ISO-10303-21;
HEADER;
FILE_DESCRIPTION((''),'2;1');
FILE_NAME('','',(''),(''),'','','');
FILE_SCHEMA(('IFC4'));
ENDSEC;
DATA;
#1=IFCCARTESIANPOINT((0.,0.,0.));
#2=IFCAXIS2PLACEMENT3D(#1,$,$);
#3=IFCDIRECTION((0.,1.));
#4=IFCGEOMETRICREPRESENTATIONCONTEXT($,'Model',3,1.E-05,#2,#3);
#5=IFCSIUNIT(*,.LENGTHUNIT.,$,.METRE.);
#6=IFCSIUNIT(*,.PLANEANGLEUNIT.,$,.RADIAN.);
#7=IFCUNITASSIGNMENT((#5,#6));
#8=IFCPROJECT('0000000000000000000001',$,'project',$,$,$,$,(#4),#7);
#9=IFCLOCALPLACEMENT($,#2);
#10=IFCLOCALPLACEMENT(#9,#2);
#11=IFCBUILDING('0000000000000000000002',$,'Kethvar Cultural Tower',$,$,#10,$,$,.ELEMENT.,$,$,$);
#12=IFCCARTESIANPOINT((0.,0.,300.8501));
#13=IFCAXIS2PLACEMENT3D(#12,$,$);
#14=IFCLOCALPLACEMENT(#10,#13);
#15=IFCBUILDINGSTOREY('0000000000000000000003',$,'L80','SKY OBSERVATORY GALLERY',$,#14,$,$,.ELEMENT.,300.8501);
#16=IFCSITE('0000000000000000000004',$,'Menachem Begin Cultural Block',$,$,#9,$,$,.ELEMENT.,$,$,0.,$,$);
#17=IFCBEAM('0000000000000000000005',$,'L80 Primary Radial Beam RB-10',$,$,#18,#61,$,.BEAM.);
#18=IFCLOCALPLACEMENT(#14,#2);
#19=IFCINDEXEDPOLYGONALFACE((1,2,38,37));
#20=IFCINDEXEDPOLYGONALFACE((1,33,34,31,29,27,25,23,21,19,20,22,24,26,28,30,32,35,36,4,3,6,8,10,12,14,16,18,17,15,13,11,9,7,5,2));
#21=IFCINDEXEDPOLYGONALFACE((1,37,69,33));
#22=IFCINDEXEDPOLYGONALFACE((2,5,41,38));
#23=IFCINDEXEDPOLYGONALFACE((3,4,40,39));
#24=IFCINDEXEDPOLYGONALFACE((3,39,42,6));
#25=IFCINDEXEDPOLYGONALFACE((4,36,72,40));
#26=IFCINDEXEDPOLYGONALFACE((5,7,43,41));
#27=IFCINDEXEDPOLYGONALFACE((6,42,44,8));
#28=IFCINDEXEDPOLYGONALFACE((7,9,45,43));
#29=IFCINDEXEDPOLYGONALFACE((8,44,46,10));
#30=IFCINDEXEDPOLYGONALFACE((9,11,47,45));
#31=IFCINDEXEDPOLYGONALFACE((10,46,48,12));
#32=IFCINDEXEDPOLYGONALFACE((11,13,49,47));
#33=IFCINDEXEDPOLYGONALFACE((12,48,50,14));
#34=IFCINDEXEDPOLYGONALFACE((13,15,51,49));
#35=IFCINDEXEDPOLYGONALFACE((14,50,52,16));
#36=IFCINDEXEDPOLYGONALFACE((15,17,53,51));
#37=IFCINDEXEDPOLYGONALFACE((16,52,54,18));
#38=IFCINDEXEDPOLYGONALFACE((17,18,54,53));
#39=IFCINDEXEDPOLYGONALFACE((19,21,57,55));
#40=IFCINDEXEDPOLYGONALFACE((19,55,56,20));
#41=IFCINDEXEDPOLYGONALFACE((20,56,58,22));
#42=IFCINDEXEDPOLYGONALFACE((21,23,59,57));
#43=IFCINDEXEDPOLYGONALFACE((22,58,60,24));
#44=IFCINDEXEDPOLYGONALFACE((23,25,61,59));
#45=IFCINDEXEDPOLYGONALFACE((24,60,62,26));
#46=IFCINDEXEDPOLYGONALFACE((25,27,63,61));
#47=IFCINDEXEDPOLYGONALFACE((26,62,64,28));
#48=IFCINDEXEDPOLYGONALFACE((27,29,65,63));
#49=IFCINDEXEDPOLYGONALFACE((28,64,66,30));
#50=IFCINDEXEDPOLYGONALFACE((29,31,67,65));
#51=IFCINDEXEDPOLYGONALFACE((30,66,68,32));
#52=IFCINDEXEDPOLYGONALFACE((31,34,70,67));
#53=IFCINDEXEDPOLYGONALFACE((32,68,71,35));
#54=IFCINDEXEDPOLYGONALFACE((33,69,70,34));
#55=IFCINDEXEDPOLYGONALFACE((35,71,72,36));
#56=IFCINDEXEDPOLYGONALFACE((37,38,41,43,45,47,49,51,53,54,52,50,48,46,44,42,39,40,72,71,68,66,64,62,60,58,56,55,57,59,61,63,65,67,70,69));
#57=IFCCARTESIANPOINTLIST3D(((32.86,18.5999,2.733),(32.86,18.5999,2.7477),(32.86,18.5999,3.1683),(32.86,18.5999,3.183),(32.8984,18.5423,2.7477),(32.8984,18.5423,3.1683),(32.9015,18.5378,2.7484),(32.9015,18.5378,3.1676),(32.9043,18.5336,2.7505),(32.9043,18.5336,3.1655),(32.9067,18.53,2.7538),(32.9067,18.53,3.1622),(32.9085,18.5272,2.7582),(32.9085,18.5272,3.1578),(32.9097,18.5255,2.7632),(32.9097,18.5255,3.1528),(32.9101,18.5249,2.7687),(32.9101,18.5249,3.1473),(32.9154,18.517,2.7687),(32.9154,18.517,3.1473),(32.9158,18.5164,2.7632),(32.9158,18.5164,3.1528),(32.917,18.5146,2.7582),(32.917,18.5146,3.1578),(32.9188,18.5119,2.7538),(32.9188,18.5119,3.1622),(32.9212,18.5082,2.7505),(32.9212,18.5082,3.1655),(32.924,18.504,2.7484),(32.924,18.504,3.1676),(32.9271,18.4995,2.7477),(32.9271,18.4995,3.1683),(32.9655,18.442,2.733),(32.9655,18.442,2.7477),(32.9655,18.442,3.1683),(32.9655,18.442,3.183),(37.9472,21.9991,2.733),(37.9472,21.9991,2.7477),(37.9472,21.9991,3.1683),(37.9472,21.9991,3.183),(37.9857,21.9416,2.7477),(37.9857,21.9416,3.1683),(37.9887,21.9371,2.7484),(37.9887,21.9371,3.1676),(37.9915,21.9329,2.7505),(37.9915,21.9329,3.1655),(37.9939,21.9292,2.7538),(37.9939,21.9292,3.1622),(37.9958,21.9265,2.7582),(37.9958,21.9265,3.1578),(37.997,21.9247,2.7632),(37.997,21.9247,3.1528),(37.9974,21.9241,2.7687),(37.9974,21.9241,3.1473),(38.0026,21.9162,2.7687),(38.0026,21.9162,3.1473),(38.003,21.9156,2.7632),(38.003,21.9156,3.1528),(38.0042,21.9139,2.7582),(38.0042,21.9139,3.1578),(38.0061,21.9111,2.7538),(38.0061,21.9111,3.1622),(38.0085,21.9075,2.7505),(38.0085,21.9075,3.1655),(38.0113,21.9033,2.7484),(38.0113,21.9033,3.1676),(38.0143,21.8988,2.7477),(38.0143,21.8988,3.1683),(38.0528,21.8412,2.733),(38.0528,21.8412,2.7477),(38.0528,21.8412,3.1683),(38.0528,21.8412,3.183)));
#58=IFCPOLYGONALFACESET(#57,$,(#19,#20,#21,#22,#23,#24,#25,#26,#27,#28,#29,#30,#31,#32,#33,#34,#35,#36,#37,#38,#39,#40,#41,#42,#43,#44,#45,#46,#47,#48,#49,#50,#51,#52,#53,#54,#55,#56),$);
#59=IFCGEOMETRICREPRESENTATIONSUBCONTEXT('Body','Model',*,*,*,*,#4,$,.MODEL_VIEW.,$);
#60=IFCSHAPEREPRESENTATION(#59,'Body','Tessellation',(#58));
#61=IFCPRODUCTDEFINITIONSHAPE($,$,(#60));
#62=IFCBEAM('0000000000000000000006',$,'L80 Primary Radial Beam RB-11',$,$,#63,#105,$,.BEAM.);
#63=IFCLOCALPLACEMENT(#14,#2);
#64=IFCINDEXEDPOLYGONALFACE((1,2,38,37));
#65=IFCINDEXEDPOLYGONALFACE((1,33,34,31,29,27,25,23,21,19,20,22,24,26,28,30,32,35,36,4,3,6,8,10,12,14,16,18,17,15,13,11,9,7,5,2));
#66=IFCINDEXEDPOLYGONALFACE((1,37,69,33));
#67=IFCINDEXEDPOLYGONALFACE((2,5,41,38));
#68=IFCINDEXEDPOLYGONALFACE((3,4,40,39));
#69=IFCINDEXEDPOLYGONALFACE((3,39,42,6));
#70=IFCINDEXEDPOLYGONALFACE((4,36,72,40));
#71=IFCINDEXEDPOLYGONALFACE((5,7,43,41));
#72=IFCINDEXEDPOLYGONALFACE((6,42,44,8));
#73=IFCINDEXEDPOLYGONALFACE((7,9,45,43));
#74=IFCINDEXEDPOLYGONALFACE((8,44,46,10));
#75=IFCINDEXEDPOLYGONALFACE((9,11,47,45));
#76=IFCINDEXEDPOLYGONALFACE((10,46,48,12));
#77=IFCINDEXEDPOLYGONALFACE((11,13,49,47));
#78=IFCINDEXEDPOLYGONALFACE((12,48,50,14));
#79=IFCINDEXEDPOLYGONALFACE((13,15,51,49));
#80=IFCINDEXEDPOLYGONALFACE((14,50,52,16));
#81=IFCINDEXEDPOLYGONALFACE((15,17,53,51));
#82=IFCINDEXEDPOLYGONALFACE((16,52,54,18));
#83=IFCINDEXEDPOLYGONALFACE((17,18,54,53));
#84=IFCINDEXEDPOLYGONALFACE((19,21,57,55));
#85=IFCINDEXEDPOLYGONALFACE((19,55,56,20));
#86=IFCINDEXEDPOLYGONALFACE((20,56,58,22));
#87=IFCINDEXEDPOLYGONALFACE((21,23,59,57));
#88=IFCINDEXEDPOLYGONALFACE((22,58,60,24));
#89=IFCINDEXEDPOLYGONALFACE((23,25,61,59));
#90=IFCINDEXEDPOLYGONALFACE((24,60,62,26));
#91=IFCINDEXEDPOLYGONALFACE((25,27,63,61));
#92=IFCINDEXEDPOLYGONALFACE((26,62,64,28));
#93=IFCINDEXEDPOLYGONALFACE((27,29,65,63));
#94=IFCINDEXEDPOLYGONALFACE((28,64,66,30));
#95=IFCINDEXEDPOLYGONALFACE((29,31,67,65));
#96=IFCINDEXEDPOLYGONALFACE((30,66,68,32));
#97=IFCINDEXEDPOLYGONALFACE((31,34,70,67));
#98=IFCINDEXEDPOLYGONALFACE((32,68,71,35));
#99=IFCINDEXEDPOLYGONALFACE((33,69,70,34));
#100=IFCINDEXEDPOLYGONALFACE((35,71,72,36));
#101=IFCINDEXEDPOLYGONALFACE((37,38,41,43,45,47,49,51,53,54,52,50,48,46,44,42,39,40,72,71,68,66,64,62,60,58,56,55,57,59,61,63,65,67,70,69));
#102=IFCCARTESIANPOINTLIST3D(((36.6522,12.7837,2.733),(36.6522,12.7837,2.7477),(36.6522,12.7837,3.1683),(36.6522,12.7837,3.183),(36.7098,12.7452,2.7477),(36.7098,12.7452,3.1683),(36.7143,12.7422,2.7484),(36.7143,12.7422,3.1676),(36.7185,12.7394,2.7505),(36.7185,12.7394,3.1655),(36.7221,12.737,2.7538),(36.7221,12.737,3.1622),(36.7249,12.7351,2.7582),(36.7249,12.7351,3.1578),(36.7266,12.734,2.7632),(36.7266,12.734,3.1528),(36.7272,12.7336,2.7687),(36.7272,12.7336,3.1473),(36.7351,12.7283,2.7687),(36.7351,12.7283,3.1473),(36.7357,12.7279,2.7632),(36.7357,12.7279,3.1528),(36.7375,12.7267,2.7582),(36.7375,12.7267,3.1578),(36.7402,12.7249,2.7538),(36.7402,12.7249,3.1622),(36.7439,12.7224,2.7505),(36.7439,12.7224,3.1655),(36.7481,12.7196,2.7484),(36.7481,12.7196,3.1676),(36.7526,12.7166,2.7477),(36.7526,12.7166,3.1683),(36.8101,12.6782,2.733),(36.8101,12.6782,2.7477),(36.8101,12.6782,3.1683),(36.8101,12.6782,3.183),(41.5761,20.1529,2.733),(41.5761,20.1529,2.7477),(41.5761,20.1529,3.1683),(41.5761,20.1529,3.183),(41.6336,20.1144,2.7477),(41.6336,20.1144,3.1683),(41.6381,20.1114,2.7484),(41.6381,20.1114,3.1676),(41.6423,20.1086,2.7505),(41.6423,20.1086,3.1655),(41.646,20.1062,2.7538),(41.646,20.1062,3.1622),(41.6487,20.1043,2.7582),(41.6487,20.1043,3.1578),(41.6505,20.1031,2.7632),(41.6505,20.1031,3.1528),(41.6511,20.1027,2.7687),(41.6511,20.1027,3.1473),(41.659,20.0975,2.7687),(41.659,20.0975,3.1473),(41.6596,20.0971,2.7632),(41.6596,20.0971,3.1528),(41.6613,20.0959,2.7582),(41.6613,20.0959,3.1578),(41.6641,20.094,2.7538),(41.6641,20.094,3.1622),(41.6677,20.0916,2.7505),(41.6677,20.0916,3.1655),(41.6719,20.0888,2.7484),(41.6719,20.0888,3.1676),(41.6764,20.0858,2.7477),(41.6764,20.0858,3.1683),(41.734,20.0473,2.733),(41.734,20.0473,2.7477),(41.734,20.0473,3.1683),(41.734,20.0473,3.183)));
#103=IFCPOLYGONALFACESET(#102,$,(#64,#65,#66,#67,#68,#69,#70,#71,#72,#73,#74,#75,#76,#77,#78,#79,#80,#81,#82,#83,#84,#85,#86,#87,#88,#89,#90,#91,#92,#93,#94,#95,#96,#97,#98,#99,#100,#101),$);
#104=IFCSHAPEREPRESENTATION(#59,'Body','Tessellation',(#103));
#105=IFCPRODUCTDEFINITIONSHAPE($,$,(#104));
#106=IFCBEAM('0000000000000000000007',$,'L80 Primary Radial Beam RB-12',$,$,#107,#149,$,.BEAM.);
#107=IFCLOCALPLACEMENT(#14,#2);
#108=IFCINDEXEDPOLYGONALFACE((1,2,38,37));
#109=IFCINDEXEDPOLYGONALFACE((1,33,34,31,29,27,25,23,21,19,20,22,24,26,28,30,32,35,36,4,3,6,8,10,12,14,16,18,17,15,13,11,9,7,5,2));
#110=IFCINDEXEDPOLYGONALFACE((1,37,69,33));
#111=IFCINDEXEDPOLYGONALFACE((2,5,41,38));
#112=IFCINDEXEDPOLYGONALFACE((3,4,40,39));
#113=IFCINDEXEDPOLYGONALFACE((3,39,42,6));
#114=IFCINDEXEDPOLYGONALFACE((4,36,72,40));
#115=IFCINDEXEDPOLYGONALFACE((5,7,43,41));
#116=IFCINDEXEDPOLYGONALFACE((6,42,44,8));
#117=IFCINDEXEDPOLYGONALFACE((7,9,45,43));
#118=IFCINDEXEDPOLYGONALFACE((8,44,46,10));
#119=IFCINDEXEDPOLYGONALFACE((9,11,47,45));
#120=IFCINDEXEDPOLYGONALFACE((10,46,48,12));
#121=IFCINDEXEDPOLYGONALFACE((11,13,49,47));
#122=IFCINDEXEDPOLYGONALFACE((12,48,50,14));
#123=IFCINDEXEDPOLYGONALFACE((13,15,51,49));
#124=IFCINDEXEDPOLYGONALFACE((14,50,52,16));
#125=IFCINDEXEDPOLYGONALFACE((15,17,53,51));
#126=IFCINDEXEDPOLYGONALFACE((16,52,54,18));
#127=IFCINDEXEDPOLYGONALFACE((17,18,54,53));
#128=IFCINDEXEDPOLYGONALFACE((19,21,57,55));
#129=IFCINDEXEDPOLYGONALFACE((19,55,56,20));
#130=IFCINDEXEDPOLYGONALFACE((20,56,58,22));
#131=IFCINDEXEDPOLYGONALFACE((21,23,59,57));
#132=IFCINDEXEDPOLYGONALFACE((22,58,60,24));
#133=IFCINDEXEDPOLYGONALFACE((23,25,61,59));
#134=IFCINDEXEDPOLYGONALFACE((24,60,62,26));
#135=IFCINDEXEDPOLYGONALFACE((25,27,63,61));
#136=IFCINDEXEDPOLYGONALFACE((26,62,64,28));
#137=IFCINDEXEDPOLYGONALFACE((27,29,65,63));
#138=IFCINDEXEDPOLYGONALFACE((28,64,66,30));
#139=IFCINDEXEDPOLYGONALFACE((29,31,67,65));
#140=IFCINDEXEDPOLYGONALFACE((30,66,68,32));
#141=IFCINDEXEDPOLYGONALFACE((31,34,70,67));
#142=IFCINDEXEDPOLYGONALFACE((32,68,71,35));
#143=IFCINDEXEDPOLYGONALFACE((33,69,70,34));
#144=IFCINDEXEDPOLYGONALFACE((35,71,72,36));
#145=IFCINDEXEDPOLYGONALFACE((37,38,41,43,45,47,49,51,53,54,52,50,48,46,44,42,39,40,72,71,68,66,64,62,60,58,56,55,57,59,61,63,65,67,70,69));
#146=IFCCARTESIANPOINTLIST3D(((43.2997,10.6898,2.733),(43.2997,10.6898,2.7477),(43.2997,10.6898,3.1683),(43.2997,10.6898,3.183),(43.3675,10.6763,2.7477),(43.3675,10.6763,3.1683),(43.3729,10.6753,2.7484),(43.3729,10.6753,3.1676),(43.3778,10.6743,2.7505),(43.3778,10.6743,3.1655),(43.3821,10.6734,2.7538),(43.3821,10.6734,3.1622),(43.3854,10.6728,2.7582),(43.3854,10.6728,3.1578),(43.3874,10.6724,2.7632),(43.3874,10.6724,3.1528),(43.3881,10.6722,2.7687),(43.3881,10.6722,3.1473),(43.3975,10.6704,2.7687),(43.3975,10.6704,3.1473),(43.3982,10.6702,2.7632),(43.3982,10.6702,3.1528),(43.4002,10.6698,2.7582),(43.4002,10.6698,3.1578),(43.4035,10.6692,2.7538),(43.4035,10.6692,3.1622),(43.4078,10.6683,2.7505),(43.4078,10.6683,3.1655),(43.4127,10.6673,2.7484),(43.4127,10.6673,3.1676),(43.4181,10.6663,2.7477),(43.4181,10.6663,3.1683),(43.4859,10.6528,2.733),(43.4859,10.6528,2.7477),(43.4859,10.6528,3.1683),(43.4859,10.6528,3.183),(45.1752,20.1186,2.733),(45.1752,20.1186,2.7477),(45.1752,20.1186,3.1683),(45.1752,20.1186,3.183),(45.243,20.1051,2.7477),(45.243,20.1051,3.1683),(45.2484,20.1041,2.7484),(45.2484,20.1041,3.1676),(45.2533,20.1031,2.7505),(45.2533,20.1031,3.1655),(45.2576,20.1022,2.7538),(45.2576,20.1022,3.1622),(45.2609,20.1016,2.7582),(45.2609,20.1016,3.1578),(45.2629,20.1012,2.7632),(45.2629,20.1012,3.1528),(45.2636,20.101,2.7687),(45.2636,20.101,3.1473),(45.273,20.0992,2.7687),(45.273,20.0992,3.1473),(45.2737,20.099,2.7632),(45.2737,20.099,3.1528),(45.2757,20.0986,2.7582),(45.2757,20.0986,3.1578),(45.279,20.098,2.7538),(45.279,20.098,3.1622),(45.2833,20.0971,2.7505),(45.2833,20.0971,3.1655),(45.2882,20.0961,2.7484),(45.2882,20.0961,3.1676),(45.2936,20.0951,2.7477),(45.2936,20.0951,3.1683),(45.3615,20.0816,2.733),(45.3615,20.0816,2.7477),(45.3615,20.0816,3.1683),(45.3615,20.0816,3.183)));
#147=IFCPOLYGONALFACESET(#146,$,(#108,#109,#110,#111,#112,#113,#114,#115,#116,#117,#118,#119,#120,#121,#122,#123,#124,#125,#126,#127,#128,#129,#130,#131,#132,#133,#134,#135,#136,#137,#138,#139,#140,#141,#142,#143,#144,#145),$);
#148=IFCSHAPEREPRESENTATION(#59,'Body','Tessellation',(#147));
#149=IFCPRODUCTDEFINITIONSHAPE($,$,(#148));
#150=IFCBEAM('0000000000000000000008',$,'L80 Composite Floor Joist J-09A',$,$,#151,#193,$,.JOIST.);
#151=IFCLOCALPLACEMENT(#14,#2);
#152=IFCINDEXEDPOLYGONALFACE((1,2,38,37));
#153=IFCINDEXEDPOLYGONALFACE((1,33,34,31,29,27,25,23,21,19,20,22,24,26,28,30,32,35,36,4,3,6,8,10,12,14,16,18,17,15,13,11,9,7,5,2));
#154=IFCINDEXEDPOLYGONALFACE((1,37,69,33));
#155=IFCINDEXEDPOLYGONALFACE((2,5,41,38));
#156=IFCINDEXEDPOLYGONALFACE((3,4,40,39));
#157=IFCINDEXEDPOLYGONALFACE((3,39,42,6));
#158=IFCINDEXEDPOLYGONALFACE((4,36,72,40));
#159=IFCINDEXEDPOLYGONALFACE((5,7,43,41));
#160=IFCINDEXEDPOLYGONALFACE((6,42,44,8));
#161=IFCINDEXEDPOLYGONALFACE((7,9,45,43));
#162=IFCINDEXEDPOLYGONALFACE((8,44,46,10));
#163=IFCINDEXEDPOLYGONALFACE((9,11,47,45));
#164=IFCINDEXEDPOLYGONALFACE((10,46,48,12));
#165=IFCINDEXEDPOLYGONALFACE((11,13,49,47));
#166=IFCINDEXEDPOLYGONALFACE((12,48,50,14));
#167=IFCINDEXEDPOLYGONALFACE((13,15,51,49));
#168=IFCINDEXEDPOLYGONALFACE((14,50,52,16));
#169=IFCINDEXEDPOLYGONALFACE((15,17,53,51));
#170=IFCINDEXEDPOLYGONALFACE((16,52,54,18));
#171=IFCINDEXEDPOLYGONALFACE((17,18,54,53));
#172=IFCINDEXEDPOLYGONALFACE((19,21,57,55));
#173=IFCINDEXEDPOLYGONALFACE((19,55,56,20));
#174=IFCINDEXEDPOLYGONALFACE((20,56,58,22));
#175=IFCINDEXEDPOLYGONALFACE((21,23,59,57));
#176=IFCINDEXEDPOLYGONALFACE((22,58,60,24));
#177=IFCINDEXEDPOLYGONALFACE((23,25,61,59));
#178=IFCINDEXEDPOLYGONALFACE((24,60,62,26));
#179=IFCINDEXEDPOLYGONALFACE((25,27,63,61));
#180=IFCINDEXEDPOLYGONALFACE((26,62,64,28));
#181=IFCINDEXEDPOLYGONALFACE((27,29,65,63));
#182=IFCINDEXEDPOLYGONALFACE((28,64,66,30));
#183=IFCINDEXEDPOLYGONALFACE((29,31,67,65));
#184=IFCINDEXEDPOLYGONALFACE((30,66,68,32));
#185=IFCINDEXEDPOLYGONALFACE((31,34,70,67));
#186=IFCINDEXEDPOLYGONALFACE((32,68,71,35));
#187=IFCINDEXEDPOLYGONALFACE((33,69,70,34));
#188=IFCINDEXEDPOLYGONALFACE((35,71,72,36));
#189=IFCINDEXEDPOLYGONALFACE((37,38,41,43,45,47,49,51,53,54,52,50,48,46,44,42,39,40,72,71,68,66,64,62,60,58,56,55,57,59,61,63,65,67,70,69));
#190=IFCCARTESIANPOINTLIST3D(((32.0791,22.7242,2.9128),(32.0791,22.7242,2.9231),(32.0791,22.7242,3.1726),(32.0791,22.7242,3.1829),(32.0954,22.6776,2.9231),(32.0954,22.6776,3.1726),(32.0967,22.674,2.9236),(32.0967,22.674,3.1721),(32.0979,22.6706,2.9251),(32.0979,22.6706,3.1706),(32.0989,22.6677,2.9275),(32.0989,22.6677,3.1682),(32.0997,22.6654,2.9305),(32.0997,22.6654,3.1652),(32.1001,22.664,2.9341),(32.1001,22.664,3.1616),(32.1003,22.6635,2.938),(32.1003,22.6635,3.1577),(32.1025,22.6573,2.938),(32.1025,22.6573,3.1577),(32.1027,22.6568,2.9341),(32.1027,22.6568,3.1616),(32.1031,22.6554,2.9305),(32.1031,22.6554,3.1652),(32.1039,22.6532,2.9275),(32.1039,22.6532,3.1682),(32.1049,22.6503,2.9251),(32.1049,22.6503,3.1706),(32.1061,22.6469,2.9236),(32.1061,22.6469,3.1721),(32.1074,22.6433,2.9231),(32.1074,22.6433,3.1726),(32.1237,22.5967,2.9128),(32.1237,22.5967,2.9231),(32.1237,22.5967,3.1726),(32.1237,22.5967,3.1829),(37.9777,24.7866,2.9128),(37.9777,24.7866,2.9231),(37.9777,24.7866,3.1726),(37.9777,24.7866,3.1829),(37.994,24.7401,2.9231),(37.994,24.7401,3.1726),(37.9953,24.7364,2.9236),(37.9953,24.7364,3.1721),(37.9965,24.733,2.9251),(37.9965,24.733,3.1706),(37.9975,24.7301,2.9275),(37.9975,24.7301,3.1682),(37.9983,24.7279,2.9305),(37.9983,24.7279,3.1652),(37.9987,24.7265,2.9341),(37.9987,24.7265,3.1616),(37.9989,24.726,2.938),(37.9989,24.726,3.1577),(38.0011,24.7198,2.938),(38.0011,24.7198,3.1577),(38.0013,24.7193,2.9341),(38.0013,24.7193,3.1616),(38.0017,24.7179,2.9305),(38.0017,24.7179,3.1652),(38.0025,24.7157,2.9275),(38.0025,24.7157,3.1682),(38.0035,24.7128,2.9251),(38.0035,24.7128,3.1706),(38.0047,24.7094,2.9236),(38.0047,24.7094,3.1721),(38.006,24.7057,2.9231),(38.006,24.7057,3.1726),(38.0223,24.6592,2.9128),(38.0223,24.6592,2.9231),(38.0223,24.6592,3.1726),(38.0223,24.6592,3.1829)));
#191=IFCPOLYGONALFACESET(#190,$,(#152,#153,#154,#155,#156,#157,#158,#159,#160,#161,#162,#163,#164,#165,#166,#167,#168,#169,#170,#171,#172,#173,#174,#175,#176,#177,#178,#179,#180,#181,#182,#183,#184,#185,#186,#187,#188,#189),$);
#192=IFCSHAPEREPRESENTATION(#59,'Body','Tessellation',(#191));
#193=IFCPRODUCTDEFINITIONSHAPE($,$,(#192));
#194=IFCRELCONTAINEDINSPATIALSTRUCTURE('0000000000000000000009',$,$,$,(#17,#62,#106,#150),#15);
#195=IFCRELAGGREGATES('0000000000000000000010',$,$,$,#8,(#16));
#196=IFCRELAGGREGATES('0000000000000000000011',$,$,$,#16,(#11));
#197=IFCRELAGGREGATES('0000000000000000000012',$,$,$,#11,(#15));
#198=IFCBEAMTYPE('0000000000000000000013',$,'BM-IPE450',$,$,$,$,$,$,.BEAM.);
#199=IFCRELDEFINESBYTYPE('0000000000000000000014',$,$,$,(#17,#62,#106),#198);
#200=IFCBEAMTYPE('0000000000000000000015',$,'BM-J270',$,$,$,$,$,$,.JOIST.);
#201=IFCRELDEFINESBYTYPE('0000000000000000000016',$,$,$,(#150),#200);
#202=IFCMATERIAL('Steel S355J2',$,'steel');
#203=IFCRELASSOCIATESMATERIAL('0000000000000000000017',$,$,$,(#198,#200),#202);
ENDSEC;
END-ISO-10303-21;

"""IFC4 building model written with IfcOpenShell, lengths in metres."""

from ifc_helpers import new_model, si_unit, direction, frame, origin, origin_2d, place, context, subcontext, project, spatial, i_section, extrude, source, transform, mapped, material, material_profile, profile_set, type_object, element, save


model = new_model("IFC4")

# Units and contexts
model_context = context("Model", 3, precision=1e-05, world=origin(), true_north=direction((0.0, 1.0)))
body_context = subcontext(model_context, "Body", "Model", "MODEL_VIEW")
ifc_project = project(units=[si_unit("LENGTHUNIT", "METRE"), si_unit("PLANEANGLEUNIT", "RADIAN")], contexts=[model_context])

# Site, building, storey
site_placement = place(None, origin())
site = spatial("IfcSite", under=ifc_project, at=site_placement, Name="Menachem Begin Cultural Block", CompositionType="ELEMENT", RefElevation=0.0)
building_placement = place(site_placement, origin())
building = spatial("IfcBuilding", under=site, at=building_placement, Name="Kethvar Cultural Tower", CompositionType="ELEMENT")
storey_placement = place(building_placement, frame((0.0, 0.0, 300.8501)))
storey = spatial("IfcBuildingStorey", under=building, at=storey_placement, Name="L80", Description="SKY OBSERVATORY GALLERY", CompositionType="ELEMENT", Elevation=300.8501)

# Beams
ifc_material_1 = material(Name="Steel S355J2", Category="steel")
ifc_material_profile_1 = material_profile(ifc_material_1, i_section(OverallWidth=0.1899, OverallDepth=0.45, WebThickness=0.0095, FlangeThickness=0.0146, FilletRadius=0.021, at=origin_2d()), Name="Steel S355J2 — IPE450")
ifc_profile_set_1 = profile_set([ifc_material_profile_1], Name="Steel S355J2 — IPE450")
beam_type_1 = type_object("IfcBeamType", Name="BM-IPE450", PredefinedType="BEAM", material=ifc_profile_set_1)
shared_shape_1 = source(origin(), body_context, "Body", "SweptSolid", [
    extrude(i_section(OverallWidth=0.1899, OverallDepth=0.45, WebThickness=0.0095, FlangeThickness=0.0146, FilletRadius=0.021, at=origin_2d()), origin(), (0.0, 0.0, 1.0), 6.1184),
])
beam_1_placement = place(storey_placement, frame((38.0, 21.9202, 2.958), z_axis=(-0.831467, -0.555575, 0.0), x_axis=(0.555575, -0.831467, 0.0)))
element("IfcBeam", 1, at=beam_1_placement, inside=storey, type_object=beam_type_1, Name="L80 Primary Radial Beam RB-10", PredefinedType="BEAM", context=body_context, shape_type="MappedRepresentation", body=[
    mapped(shared_shape_1, transform((0.0, 0.0, 0.0), scale=1.0)),
])
shared_shape_2 = source(origin(), body_context, "Body", "SweptSolid", [
    extrude(i_section(OverallWidth=0.1899, OverallDepth=0.45, WebThickness=0.0095, FlangeThickness=0.0146, FilletRadius=0.021, at=origin_2d()), origin(), (0.0, 0.0, 1.0), 8.8628),
])
beam_2_placement = place(storey_placement, frame((41.655, 20.1001, 2.958), z_axis=(-0.555564, -0.831473, 0.0), x_axis=(0.831473, -0.555564, 0.0)))
element("IfcBeam", 2, at=beam_2_placement, inside=storey, type_object=beam_type_1, Name="L80 Primary Radial Beam RB-11", PredefinedType="BEAM", context=body_context, shape_type="MappedRepresentation", body=[
    mapped(shared_shape_2, transform((0.0, 0.0, 0.0), scale=1.0)),
])
shared_shape_3 = source(origin(), body_context, "Body", "SweptSolid", [
    extrude(i_section(OverallWidth=0.1899, OverallDepth=0.45, WebThickness=0.0095, FlangeThickness=0.0146, FilletRadius=0.021, at=origin_2d()), origin(), (0.0, 0.0, 1.0), 9.6135),
])
beam_3_placement = place(storey_placement, frame((45.2683, 20.1001, 2.958), z_axis=(-0.19509, -0.980785, 0.0), x_axis=(0.980785, -0.19509, 0.0)))
element("IfcBeam", 3, at=beam_3_placement, inside=storey, type_object=beam_type_1, Name="L80 Primary Radial Beam RB-12", PredefinedType="BEAM", context=body_context, shape_type="MappedRepresentation", body=[
    mapped(shared_shape_3, transform((0.0, 0.0, 0.0), scale=1.0)),
])
ifc_material_profile_2 = material_profile(ifc_material_1, i_section(OverallWidth=0.135, OverallDepth=0.27, WebThickness=0.0066, FlangeThickness=0.0103, FilletRadius=0.0149, at=origin_2d()), Name="Steel S355J2 — IPE270")
ifc_profile_set_2 = profile_set([ifc_material_profile_2], Name="Steel S355J2 — IPE270")
beam_type_2 = type_object("IfcBeamType", Name="BM-J270", PredefinedType="JOIST", material=ifc_profile_set_2)
shared_shape_4 = source(origin(), body_context, "Body", "SweptSolid", [
    extrude(i_section(OverallWidth=0.135, OverallDepth=0.27, WebThickness=0.0066, FlangeThickness=0.0103, FilletRadius=0.0149, at=origin_2d()), origin(), (0.0, 0.0, 1.0), 6.2488),
])
beam_4_placement = place(storey_placement, frame((38.0, 24.7229, 3.0479), z_axis=(-0.94396, -0.33006, 0.0), x_axis=(0.33006, -0.94396, 0.0)))
element("IfcBeam", 4, at=beam_4_placement, inside=storey, type_object=beam_type_2, Name="L80 Composite Floor Joist J-09A", PredefinedType="JOIST", context=body_context, shape_type="MappedRepresentation", body=[
    mapped(shared_shape_4, transform((0.0, 0.0, 0.0), scale=1.0)),
])

save(model, "model.ifc")
